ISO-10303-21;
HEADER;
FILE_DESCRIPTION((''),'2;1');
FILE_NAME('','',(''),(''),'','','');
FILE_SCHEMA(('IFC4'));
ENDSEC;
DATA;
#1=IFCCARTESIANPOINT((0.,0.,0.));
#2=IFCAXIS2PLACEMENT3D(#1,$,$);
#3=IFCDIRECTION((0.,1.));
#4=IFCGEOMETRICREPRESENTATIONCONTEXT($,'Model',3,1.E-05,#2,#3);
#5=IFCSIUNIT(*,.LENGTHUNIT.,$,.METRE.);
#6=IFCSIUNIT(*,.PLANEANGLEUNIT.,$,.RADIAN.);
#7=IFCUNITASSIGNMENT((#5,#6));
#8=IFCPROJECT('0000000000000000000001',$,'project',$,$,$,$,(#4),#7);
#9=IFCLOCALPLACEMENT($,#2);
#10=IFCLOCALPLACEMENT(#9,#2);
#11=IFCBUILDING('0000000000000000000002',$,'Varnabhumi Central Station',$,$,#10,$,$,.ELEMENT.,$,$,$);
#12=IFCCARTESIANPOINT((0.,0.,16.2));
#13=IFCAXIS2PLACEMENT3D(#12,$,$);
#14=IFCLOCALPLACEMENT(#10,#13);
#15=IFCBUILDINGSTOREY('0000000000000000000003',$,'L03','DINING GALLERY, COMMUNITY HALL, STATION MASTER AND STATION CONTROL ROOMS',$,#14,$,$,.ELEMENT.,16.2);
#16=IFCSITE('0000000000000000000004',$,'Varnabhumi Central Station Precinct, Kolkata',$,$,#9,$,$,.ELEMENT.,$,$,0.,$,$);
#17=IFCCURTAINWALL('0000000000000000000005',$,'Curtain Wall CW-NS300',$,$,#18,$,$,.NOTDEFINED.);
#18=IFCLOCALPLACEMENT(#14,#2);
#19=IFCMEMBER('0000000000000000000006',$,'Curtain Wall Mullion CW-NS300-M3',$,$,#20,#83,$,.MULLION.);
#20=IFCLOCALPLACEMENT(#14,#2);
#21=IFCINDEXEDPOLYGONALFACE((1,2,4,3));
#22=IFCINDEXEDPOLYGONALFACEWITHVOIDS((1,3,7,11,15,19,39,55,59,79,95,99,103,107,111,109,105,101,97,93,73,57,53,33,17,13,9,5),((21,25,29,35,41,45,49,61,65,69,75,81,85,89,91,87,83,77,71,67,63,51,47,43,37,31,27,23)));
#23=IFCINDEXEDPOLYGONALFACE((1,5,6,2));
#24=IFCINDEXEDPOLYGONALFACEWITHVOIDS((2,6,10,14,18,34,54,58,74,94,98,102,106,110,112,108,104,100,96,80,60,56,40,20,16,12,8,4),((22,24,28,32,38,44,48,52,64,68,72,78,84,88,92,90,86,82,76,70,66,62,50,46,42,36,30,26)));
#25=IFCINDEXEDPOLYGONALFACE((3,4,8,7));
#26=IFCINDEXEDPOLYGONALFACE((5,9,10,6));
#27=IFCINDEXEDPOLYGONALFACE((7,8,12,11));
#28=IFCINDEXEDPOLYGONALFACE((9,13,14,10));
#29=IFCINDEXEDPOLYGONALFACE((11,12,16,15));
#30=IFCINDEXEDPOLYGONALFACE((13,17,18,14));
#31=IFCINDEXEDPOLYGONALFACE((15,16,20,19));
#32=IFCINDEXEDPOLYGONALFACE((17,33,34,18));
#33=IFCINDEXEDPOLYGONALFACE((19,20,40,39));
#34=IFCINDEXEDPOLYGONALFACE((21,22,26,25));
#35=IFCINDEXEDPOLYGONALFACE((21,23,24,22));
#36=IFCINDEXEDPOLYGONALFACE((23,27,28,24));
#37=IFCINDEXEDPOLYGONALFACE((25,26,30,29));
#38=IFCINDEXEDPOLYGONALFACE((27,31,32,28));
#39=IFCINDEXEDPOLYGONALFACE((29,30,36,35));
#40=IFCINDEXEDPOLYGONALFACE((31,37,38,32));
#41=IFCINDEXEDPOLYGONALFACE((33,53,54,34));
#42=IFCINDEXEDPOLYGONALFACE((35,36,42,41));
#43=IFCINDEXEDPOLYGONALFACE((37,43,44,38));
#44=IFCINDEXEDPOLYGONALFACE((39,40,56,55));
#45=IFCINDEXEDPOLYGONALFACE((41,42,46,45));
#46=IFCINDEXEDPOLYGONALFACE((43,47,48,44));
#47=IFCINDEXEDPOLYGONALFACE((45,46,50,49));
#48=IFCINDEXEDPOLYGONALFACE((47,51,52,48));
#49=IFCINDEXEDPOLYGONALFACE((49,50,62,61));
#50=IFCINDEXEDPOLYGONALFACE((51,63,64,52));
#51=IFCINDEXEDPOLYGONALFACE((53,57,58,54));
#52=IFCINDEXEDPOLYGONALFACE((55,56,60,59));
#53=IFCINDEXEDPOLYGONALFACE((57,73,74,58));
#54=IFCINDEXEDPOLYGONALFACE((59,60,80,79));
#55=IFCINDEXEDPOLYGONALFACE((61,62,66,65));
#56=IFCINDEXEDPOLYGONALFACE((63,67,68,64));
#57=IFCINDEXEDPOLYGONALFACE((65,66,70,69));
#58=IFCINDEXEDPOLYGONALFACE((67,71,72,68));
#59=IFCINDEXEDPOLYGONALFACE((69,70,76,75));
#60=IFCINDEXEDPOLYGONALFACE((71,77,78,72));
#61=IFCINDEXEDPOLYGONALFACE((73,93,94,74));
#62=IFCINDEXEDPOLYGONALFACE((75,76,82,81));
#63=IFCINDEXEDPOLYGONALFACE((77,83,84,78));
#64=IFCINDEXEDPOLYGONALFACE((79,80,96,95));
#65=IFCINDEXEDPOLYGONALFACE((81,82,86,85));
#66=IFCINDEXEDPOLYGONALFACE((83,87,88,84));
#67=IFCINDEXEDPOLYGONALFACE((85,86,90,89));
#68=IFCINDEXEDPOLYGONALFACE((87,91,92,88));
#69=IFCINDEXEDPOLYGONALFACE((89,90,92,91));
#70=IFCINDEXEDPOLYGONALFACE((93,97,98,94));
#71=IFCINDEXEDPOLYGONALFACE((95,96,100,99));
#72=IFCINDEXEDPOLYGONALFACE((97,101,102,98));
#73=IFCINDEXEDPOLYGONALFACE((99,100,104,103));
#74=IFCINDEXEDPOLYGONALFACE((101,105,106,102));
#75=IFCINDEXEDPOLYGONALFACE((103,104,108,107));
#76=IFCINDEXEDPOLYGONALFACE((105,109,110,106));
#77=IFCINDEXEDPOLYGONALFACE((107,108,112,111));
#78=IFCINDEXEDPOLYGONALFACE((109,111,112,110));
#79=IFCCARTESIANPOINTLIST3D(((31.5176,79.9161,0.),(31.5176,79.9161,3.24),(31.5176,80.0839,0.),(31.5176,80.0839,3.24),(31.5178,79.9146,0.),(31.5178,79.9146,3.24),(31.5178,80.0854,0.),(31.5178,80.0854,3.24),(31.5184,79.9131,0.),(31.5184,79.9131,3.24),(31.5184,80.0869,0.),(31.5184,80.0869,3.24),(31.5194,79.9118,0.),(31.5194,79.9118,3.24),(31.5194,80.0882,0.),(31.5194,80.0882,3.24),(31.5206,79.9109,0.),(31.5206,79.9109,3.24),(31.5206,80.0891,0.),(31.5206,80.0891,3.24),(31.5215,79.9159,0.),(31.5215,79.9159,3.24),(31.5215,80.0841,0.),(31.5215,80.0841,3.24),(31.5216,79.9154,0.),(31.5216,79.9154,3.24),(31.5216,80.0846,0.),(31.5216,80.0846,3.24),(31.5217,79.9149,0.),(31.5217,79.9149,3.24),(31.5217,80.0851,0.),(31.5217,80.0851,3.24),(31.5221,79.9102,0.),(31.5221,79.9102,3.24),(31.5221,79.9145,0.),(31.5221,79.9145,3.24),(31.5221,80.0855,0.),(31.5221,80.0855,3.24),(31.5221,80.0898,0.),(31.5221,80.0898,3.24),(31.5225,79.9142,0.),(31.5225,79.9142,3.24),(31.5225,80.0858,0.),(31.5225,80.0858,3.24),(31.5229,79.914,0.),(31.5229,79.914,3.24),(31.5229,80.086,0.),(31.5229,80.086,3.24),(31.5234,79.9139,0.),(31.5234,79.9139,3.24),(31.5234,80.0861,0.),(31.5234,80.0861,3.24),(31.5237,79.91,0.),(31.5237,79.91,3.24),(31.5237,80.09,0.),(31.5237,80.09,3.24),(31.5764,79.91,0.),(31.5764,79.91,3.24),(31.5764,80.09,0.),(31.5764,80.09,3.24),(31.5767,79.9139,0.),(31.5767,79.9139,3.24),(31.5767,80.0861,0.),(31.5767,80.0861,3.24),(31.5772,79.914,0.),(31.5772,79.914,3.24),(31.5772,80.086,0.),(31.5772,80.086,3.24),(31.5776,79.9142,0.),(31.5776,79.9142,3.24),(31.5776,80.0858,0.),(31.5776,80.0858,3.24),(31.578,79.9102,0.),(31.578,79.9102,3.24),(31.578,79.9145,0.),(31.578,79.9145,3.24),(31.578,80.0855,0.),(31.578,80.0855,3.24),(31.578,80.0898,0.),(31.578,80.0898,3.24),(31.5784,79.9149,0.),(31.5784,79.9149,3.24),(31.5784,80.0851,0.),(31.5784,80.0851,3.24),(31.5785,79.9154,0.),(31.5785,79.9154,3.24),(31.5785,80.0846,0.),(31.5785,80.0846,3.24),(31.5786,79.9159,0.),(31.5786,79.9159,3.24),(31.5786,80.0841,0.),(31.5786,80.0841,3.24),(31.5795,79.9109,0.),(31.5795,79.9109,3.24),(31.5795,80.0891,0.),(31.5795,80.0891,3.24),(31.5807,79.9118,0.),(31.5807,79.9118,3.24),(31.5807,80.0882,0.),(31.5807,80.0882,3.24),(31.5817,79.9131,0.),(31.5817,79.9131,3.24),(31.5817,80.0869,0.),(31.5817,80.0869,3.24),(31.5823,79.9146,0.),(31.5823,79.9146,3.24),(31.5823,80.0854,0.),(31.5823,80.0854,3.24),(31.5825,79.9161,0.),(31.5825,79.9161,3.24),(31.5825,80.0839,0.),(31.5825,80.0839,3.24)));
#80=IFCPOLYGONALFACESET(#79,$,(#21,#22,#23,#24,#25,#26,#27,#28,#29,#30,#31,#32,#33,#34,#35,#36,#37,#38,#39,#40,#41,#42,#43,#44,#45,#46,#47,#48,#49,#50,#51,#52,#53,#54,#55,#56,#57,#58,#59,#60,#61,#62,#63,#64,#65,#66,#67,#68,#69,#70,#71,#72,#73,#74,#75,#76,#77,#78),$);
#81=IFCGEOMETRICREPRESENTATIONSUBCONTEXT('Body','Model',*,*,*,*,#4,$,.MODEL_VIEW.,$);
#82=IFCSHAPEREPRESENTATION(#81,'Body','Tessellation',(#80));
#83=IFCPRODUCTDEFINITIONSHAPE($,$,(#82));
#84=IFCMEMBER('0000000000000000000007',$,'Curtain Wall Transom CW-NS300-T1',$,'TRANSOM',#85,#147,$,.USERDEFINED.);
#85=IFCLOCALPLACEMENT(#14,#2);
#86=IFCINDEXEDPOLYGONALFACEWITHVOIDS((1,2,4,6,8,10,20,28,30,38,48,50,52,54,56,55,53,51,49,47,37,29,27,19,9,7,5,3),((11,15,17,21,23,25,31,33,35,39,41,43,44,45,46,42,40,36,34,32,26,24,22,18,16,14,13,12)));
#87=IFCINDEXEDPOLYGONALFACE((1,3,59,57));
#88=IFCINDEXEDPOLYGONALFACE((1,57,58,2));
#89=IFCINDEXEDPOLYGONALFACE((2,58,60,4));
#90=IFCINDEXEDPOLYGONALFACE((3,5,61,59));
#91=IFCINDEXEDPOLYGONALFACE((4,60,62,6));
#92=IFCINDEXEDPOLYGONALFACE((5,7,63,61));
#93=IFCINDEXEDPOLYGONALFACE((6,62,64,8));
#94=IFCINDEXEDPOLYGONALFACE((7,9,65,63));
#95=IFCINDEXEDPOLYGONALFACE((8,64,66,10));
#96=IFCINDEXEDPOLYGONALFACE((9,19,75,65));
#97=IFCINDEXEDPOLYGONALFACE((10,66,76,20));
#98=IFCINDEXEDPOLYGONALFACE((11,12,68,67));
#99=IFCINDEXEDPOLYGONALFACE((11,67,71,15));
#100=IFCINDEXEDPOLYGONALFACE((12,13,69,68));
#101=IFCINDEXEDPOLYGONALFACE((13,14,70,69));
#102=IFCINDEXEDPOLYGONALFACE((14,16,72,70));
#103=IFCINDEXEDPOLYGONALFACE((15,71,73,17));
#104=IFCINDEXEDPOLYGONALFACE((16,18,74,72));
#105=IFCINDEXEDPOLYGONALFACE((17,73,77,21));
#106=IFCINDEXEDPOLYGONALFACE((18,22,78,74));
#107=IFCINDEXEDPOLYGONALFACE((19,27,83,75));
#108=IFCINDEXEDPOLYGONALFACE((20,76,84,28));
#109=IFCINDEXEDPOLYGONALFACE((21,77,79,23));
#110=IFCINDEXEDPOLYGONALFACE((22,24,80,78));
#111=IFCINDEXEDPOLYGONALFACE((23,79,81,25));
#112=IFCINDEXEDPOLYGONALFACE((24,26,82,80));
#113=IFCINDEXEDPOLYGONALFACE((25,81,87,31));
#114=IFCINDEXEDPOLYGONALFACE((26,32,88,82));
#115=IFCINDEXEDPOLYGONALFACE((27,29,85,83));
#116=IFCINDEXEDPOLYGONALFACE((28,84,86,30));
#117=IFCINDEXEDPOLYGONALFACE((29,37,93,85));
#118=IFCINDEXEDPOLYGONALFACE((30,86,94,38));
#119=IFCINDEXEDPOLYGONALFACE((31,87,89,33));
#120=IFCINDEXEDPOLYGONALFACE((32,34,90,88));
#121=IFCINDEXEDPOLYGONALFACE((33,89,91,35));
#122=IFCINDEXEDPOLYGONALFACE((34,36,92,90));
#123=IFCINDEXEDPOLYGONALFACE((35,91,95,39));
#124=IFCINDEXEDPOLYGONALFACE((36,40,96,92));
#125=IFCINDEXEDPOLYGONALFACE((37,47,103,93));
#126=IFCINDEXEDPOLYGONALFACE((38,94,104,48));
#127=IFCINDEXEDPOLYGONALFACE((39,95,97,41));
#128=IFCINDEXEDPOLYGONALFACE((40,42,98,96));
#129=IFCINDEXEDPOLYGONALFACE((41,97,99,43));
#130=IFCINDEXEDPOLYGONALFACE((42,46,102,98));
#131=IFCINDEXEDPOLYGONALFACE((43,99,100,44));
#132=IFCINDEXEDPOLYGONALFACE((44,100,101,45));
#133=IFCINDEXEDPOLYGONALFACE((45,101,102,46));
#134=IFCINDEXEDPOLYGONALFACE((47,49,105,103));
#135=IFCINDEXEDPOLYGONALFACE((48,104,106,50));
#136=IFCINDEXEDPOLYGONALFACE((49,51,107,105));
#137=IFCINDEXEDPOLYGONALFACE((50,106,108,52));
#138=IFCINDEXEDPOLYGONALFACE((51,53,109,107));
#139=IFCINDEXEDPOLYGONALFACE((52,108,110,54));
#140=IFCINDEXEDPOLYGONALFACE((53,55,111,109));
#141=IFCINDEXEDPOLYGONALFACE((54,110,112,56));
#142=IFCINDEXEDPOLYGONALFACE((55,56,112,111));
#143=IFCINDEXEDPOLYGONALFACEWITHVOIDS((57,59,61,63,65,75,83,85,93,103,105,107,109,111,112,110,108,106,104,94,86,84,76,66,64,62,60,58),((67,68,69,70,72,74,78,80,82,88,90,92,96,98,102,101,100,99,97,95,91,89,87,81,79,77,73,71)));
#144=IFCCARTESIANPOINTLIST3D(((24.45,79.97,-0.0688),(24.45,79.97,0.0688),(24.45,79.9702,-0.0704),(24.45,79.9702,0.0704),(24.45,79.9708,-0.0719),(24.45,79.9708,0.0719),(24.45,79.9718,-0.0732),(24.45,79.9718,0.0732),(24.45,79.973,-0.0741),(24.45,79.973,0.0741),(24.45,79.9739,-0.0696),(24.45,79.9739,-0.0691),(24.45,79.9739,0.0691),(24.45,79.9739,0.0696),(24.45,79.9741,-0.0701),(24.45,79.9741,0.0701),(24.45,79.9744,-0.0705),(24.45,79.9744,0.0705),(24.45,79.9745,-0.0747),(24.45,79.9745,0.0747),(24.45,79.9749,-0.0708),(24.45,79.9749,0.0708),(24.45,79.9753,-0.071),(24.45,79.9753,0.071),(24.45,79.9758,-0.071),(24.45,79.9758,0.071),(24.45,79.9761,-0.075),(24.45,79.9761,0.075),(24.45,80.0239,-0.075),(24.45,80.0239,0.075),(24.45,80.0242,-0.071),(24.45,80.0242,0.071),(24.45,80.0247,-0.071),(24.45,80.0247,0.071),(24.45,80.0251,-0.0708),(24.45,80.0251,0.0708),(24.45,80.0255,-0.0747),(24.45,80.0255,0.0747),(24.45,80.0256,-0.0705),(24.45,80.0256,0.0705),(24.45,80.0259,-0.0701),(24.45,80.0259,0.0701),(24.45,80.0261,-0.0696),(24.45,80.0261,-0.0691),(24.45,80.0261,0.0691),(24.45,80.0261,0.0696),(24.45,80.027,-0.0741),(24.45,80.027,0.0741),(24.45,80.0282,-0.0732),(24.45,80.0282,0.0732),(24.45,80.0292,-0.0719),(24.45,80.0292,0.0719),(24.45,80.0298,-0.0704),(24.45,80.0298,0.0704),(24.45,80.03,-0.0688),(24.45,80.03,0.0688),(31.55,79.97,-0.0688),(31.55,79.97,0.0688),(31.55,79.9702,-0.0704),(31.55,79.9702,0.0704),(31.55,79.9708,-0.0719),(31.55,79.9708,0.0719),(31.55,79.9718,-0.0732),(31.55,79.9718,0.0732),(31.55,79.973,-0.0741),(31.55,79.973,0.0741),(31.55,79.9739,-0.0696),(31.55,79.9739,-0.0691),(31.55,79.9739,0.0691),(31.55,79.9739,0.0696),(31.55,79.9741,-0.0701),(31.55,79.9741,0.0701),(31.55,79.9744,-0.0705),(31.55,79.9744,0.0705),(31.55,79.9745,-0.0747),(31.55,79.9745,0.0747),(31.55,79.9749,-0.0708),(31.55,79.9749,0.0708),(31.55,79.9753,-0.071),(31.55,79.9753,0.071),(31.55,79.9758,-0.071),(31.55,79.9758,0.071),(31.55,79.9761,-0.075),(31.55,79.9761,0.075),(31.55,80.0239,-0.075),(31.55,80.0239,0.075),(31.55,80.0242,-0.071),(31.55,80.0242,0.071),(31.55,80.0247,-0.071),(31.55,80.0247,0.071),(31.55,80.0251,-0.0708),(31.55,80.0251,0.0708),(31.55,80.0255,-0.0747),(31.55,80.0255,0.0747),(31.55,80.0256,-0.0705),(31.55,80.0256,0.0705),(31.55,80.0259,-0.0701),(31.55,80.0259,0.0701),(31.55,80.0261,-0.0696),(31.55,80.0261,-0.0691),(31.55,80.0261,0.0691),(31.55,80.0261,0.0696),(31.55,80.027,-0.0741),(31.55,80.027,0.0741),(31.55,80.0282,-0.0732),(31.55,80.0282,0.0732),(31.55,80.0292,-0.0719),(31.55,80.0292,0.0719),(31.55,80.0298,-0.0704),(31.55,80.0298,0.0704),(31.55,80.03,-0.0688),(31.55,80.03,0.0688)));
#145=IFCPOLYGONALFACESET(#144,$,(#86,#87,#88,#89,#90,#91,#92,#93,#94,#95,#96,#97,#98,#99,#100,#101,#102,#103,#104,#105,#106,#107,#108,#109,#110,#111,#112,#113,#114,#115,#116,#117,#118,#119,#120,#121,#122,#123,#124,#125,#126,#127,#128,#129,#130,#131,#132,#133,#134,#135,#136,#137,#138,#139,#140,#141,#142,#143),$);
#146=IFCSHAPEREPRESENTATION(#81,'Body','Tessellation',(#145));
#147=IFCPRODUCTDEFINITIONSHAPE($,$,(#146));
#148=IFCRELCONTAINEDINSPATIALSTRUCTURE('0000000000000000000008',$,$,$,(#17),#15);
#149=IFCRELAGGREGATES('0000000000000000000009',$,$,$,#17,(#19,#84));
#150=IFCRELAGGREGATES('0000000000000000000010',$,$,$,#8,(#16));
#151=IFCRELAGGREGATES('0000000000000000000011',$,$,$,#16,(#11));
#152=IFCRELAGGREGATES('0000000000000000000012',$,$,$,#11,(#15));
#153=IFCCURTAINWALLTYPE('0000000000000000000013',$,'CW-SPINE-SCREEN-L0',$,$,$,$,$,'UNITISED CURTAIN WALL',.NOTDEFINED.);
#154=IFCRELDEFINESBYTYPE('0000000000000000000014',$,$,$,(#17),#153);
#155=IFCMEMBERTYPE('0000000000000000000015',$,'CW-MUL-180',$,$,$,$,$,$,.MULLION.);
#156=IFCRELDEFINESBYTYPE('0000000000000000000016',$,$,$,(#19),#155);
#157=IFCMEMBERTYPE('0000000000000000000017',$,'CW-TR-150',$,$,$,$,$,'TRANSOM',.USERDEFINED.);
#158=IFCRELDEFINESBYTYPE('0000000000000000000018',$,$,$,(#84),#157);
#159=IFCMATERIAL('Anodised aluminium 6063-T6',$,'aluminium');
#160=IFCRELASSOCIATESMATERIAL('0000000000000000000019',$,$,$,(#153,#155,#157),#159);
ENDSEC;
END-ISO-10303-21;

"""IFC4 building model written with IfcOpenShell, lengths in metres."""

from ifc_helpers import new_model, si_unit, direction, frame, origin, origin_2d, place, context, subcontext, project, spatial, hollow_rectangle, extrude, material, material_profile, profile_set, type_object, element, aggregate, save


model = new_model("IFC4")

# Units and contexts
model_context = context("Model", 3, precision=1e-05, world=origin(), true_north=direction((0.0, 1.0)))
body_context = subcontext(model_context, "Body", "Model", "MODEL_VIEW")
ifc_project = project(units=[si_unit("LENGTHUNIT", "METRE"), si_unit("PLANEANGLEUNIT", "RADIAN")], contexts=[model_context])

# Site, building, storey
site_placement = place(None, origin())
site = spatial("IfcSite", under=ifc_project, at=site_placement, Name="Varnabhumi Central Station Precinct, Kolkata", CompositionType="ELEMENT", RefElevation=0.0)
building_placement = place(site_placement, origin())
building = spatial("IfcBuilding", under=site, at=building_placement, Name="Varnabhumi Central Station", CompositionType="ELEMENT")
storey_placement = place(building_placement, frame((0.0, 0.0, 16.2)))
storey = spatial("IfcBuildingStorey", under=building, at=storey_placement, Name="L03", Description="DINING GALLERY, COMMUNITY HALL, STATION MASTER AND STATION CONTROL ROOMS", CompositionType="ELEMENT", Elevation=16.2)

# Curtain wall, members
ifc_material_1 = material(Name="Anodised aluminium 6063-T6", Category="aluminium")
curtain_wall_type = type_object("IfcCurtainWallType", Name="CW-SPINE-SCREEN-L0", ElementType="UNITISED CURTAIN WALL", PredefinedType="NOTDEFINED", material=ifc_material_1)
curtain_wall_placement = place(storey_placement, origin())
curtain_wall = element("IfcCurtainWall", 1, at=curtain_wall_placement, inside=storey, type_object=curtain_wall_type, Name="Curtain Wall CW-NS300", PredefinedType="NOTDEFINED")
ifc_material_profile_1 = material_profile(ifc_material_1, hollow_rectangle(XDim=0.0649, YDim=0.1799, WallThickness=0.0039, InnerFilletRadius=0.002, OuterFilletRadius=0.0061, at=origin_2d()), Name="Anodised aluminium 6063-T6", Category="aluminium")
ifc_profile_set_1 = profile_set([ifc_material_profile_1], Name="Anodised aluminium 6063-T6")
member_type_1 = type_object("IfcMemberType", Name="CW-MUL-180", PredefinedType="MULLION", material=ifc_profile_set_1)
member_1_placement = place(storey_placement, frame((31.55, 80.0, 0.0), z_axis=(0.0, 0.0, 1.0), x_axis=(1.0, 0.0, 0.0)))
member_1 = element("IfcMember", 2, at=member_1_placement, type_object=member_type_1, Name="Curtain Wall Mullion CW-NS300-M3", PredefinedType="MULLION", context=body_context, shape_type="SweptSolid", body=[
    extrude(hollow_rectangle(XDim=0.0649, YDim=0.1799, WallThickness=0.0039, InnerFilletRadius=0.002, OuterFilletRadius=0.0061, at=origin_2d()), origin(), (0.0, 0.0, 1.0), 3.24),
])
ifc_material_profile_2 = material_profile(ifc_material_1, hollow_rectangle(XDim=0.0601, YDim=0.1499, WallThickness=0.0039, InnerFilletRadius=0.002, OuterFilletRadius=0.0061, at=origin_2d()), Name="Anodised aluminium 6063-T6", Category="aluminium")
ifc_profile_set_2 = profile_set([ifc_material_profile_2], Name="Anodised aluminium 6063-T6")
member_type_2 = type_object("IfcMemberType", Name="CW-TR-150", ElementType="TRANSOM", PredefinedType="USERDEFINED", material=ifc_profile_set_2)
member_2_placement = place(storey_placement, frame((24.45, 80.0, 0.0), z_axis=(1.0, 0.0, 0.0), x_axis=(0.0, 1.0, 0.0)))
member_2 = element("IfcMember", 3, at=member_2_placement, type_object=member_type_2, Name="Curtain Wall Transom CW-NS300-T1", ObjectType="TRANSOM", PredefinedType="USERDEFINED", context=body_context, shape_type="SweptSolid", body=[
    extrude(hollow_rectangle(XDim=0.0601, YDim=0.1499, WallThickness=0.0039, InnerFilletRadius=0.002, OuterFilletRadius=0.0061, at=origin_2d()), origin(), (0.0, 0.0, 1.0), 7.1001),
])
aggregate(curtain_wall, [member_1, member_2])

save(model, "model.ifc")
